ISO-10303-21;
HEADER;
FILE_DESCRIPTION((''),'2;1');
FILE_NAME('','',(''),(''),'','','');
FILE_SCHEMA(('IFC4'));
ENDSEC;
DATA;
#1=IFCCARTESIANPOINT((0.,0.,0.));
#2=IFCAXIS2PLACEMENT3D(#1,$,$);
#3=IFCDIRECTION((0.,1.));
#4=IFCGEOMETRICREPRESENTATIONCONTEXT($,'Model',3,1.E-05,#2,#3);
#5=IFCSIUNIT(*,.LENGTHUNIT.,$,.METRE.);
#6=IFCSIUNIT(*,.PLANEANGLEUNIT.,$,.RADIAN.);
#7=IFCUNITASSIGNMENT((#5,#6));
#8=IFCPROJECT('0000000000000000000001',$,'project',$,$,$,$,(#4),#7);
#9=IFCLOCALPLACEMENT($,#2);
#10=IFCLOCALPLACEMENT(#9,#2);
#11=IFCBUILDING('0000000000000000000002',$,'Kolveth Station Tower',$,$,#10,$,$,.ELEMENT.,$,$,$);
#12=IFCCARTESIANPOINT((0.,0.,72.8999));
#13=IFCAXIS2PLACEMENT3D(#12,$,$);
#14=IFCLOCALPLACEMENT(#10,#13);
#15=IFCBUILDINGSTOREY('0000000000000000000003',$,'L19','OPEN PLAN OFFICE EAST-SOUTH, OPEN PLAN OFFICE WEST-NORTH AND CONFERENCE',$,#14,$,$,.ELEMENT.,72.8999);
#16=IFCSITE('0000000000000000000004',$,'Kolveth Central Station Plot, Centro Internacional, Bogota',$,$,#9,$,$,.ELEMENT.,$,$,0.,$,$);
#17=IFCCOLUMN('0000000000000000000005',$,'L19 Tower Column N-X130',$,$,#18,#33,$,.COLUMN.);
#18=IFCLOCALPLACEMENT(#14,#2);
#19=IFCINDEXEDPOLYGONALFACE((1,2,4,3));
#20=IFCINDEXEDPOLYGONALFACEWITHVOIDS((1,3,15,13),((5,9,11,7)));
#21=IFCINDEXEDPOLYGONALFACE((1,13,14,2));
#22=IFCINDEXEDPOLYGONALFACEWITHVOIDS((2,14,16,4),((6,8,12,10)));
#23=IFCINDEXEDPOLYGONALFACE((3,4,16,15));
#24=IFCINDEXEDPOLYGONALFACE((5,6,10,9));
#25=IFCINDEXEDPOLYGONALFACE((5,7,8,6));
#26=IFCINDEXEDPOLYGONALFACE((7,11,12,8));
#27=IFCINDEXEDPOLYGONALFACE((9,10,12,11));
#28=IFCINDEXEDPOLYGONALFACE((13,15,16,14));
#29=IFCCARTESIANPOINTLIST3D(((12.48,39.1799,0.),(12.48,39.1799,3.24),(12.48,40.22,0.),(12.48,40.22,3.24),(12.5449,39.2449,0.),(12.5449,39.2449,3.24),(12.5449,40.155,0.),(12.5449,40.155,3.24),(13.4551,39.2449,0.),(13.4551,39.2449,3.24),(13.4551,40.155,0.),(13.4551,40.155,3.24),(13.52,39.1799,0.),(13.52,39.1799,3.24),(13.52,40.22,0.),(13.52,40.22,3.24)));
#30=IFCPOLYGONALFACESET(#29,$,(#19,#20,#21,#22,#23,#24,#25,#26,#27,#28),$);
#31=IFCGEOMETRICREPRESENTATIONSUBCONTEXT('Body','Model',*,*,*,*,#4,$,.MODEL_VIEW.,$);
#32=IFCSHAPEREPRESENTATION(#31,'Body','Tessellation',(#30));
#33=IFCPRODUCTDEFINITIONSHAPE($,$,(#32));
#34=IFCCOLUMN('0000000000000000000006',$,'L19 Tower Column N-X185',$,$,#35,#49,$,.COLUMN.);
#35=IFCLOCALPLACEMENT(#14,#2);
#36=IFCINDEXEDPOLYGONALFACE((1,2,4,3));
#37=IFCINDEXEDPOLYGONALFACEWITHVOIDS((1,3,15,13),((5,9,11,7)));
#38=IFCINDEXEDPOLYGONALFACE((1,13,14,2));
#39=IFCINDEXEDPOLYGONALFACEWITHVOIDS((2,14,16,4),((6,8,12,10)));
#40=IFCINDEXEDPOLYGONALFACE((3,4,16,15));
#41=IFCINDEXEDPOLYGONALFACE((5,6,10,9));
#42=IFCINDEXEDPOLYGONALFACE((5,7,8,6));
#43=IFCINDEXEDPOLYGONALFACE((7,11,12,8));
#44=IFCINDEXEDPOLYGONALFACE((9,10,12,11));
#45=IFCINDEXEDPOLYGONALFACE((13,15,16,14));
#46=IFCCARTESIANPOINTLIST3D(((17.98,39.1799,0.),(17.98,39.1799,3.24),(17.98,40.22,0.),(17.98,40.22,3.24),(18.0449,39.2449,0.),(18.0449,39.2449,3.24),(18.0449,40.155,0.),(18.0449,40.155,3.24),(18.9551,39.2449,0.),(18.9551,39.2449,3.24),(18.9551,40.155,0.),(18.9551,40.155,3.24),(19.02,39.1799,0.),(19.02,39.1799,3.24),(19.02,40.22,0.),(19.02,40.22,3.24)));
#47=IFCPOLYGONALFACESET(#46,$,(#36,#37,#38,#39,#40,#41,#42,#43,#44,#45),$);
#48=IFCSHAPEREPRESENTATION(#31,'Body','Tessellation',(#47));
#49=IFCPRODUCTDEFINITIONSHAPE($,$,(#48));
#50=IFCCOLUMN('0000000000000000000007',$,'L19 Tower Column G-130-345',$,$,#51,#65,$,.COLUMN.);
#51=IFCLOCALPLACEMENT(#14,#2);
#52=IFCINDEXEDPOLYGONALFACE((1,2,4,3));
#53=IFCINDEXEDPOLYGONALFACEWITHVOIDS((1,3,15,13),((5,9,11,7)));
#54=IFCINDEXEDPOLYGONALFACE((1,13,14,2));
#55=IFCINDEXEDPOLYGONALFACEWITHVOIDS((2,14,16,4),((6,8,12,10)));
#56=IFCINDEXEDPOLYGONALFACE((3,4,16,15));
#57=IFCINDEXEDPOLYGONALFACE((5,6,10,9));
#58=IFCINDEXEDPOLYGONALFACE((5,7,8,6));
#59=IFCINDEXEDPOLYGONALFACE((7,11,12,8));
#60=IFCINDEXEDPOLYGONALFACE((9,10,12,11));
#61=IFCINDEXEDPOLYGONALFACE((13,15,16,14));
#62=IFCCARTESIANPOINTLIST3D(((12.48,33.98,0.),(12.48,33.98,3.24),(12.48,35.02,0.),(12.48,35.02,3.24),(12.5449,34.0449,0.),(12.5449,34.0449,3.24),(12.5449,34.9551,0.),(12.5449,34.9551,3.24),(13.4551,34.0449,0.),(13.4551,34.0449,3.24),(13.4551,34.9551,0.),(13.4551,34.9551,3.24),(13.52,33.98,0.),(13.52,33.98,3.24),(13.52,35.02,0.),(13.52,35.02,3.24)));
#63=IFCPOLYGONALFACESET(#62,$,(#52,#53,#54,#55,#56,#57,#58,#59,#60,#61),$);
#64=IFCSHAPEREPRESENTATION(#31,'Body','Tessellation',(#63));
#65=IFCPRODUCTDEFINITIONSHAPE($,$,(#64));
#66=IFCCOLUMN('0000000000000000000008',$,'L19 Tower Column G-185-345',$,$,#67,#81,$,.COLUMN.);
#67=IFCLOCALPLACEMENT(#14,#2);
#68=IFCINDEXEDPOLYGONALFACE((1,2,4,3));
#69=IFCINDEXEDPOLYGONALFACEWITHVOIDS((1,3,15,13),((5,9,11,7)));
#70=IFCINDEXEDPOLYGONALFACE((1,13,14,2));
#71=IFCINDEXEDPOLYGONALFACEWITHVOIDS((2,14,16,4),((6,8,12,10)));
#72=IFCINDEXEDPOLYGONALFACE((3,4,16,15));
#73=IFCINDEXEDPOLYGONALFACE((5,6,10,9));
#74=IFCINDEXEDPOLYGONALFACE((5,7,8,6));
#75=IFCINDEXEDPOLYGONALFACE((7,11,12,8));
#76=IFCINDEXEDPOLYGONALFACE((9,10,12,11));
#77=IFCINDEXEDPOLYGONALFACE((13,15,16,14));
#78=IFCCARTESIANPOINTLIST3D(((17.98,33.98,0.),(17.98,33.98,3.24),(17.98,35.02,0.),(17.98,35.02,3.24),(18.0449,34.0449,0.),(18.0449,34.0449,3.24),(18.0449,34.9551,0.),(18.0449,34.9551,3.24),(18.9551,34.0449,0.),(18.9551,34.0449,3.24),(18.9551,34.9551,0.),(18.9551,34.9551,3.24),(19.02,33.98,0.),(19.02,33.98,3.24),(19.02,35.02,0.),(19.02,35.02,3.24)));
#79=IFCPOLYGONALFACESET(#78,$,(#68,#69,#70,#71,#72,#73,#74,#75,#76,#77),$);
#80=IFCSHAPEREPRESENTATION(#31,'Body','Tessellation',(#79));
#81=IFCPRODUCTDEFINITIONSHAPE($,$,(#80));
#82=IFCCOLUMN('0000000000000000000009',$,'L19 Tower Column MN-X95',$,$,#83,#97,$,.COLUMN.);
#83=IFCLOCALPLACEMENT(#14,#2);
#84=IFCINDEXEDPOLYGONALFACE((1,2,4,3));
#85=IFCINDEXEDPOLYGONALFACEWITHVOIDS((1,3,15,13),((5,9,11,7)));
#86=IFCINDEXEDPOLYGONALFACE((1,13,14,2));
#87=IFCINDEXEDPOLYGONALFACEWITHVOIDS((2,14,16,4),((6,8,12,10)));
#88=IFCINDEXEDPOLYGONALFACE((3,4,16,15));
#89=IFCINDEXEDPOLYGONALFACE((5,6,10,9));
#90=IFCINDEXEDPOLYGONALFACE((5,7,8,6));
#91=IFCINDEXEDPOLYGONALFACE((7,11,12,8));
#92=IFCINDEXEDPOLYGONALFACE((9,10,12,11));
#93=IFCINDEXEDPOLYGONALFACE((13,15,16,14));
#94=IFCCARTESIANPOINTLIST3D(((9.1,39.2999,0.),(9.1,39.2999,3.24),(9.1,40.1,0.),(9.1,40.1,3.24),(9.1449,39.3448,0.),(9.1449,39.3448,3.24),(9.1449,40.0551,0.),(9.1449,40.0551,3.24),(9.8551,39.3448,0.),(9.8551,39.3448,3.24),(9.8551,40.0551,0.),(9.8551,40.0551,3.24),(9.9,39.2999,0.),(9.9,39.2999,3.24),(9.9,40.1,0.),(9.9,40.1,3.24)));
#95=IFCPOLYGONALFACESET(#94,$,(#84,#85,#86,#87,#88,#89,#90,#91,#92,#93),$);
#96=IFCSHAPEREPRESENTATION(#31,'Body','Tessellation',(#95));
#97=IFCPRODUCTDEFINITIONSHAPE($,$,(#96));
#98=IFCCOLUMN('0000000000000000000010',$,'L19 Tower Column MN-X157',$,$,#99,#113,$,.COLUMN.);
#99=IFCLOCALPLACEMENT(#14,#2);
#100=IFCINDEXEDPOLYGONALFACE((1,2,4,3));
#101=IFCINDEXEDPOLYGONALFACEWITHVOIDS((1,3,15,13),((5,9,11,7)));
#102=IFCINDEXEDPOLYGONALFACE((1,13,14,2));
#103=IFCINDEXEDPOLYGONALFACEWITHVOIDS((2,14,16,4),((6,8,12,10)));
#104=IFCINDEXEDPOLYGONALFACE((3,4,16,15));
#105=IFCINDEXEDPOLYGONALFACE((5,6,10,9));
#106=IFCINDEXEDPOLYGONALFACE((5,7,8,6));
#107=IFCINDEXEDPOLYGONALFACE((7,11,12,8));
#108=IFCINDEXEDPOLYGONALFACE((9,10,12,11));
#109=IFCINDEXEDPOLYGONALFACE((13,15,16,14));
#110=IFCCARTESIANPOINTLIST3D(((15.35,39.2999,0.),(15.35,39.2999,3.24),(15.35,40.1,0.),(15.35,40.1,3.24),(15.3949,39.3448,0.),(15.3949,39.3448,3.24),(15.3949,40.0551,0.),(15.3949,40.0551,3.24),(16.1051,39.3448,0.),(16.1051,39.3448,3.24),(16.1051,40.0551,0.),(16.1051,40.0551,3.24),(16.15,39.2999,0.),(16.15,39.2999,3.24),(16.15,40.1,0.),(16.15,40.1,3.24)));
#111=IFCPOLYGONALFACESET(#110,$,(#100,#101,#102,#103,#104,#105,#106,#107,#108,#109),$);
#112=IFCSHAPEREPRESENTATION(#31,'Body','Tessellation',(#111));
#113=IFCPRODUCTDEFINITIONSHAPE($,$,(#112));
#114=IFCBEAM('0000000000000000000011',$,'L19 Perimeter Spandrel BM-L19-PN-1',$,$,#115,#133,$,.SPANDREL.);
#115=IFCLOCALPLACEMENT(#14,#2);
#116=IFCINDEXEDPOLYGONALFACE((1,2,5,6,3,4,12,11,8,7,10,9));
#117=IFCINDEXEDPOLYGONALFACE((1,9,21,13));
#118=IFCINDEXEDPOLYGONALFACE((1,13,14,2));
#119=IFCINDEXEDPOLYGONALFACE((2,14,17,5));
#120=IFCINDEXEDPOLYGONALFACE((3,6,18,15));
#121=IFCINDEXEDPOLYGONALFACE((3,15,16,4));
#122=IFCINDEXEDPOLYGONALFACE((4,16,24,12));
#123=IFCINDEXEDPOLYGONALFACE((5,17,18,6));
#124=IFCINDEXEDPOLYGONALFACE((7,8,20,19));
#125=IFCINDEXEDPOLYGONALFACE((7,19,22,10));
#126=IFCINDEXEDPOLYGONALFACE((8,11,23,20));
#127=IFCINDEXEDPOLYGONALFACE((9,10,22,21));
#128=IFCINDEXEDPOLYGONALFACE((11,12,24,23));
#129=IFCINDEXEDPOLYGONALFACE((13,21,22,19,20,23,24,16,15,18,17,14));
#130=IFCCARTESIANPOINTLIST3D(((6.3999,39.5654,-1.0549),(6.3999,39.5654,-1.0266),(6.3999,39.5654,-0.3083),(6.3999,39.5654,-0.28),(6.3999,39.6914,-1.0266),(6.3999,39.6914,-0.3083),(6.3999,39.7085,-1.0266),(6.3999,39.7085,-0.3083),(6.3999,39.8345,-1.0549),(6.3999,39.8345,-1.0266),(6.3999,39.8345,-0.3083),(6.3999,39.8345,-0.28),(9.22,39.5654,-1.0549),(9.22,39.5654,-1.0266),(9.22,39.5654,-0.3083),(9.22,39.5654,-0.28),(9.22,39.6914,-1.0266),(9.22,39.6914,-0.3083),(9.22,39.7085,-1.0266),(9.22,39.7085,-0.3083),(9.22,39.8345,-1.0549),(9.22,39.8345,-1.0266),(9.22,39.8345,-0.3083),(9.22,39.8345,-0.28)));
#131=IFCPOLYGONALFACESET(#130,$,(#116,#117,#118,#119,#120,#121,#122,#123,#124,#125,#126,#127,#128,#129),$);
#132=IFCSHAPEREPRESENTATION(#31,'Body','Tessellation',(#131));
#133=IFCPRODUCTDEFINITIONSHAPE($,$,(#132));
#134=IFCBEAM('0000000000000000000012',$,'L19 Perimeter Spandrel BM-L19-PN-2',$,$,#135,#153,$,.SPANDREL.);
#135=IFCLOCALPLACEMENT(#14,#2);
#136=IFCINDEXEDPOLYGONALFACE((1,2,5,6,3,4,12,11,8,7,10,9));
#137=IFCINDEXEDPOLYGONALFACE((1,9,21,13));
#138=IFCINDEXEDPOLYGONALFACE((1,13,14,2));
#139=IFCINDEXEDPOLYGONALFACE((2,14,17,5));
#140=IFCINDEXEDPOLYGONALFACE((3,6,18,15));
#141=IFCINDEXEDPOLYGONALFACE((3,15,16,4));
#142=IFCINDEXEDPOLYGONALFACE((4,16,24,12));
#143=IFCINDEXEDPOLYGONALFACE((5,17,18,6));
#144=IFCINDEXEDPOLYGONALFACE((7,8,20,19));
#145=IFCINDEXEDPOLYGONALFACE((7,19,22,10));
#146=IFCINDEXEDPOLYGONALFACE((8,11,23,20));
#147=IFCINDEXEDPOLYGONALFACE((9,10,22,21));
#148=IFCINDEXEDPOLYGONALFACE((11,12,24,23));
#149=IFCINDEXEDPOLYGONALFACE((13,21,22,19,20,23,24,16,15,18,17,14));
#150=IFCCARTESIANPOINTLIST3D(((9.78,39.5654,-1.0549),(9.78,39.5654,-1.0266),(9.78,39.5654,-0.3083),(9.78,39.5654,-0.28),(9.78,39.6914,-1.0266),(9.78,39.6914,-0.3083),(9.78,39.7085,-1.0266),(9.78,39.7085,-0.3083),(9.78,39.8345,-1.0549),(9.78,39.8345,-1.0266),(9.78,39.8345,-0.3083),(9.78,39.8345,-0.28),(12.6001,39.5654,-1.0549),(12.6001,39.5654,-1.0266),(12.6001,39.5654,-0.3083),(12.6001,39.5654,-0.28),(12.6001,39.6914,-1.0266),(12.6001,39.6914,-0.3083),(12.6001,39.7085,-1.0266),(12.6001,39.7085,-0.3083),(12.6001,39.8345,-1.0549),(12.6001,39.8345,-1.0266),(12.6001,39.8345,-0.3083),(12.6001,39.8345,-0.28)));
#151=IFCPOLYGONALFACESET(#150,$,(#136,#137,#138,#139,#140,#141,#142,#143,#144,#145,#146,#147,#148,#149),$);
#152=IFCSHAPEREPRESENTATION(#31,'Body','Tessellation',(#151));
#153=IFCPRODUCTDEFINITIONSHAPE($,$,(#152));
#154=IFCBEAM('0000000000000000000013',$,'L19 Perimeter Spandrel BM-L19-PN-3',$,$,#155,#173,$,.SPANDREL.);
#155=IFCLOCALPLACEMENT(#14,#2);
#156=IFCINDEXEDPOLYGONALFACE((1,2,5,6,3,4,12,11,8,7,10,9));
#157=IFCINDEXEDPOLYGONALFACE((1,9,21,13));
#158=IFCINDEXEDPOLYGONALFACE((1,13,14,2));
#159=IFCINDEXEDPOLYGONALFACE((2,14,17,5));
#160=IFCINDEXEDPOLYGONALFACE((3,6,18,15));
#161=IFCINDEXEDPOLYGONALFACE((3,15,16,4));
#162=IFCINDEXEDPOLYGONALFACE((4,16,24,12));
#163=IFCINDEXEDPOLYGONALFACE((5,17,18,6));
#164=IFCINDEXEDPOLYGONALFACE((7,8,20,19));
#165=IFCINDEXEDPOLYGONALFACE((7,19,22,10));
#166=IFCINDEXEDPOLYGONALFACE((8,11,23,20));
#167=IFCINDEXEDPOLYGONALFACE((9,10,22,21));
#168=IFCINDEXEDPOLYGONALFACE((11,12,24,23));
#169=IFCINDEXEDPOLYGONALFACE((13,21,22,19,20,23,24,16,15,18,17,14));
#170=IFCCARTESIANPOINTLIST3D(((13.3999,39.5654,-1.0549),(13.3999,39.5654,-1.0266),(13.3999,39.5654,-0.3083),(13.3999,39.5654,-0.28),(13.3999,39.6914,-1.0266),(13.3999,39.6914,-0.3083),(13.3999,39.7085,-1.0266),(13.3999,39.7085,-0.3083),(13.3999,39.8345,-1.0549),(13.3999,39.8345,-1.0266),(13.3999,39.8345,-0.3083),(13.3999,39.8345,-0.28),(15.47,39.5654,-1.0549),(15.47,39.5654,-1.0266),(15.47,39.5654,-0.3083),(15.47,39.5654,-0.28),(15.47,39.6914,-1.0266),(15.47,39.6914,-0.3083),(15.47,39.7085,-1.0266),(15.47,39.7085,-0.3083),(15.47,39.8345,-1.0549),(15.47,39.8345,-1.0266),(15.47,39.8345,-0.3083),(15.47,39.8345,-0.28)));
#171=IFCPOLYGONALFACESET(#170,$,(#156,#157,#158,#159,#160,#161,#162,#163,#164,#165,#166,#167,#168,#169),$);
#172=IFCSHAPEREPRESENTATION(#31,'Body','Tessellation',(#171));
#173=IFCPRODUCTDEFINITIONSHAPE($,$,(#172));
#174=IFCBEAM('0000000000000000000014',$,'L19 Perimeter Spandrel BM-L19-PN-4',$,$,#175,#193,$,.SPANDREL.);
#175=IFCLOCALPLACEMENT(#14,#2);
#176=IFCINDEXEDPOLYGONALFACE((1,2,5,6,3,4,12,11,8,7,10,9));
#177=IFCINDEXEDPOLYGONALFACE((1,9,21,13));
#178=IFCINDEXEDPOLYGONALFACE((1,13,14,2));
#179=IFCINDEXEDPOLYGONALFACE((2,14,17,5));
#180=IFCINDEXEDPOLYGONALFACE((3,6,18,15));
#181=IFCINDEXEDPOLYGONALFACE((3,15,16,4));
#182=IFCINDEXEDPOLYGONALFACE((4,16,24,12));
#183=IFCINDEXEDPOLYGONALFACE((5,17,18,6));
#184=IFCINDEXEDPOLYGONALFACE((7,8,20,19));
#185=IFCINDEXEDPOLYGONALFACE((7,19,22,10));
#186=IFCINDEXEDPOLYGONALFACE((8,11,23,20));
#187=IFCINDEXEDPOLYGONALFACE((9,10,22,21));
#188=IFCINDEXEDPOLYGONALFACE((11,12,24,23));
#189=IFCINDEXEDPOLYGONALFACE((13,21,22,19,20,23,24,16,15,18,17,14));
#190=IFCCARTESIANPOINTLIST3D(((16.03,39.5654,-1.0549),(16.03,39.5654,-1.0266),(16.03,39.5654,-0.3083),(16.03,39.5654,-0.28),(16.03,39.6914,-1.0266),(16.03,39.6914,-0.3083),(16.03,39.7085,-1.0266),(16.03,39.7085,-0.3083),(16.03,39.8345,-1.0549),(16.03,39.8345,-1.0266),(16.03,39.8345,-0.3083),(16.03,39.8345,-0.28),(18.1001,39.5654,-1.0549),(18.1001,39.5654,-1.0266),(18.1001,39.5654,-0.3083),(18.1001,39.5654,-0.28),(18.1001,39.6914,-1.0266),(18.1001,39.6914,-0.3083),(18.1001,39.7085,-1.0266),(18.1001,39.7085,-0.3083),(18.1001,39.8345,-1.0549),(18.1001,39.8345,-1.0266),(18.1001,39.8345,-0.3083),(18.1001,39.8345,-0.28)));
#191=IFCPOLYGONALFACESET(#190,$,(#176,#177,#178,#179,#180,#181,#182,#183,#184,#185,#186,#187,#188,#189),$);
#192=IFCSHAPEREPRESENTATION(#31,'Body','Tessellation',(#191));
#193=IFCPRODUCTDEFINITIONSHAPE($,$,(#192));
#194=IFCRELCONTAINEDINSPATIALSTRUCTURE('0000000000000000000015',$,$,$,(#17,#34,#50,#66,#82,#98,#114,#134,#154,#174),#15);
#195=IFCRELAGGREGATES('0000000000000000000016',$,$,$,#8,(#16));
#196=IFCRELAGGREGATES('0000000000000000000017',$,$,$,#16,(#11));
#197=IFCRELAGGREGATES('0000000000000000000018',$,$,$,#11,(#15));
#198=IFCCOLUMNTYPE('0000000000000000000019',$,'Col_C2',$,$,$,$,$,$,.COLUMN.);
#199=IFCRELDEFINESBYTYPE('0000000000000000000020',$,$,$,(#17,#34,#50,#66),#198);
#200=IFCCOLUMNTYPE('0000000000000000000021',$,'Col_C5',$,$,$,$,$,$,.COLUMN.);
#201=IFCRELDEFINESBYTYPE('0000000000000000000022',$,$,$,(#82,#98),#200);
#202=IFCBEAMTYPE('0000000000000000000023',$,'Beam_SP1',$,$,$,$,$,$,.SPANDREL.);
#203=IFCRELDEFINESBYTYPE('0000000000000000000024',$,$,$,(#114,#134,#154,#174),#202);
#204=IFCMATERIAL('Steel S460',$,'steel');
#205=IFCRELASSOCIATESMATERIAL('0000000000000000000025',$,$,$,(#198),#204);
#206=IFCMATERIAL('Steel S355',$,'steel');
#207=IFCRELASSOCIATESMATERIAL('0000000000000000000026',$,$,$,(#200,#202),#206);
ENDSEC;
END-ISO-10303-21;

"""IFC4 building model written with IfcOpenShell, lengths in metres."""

from ifc_helpers import new_model, si_unit, direction, frame, origin, origin_2d, place, context, subcontext, project, spatial, hollow_rectangle, i_section, extrude, source, transform, mapped, material, material_profile, profile_set, type_object, element, save


model = new_model("IFC4")

# Units and contexts
model_context = context("Model", 3, precision=1e-05, world=origin(), true_north=direction((0.0, 1.0)))
body_context = subcontext(model_context, "Body", "Model", "MODEL_VIEW")
ifc_project = project(units=[si_unit("LENGTHUNIT", "METRE"), si_unit("PLANEANGLEUNIT", "RADIAN")], contexts=[model_context])

# Site, building, storey
site_placement = place(None, origin())
site = spatial("IfcSite", under=ifc_project, at=site_placement, Name="Kolveth Central Station Plot, Centro Internacional, Bogota", CompositionType="ELEMENT", RefElevation=0.0)
building_placement = place(site_placement, origin())
building = spatial("IfcBuilding", under=site, at=building_placement, Name="Kolveth Station Tower", CompositionType="ELEMENT")
storey_placement = place(building_placement, frame((0.0, 0.0, 72.8999)))
storey = spatial("IfcBuildingStorey", under=building, at=storey_placement, Name="L19", Description="OPEN PLAN OFFICE EAST-SOUTH, OPEN PLAN OFFICE WEST-NORTH AND CONFERENCE", CompositionType="ELEMENT", Elevation=72.8999)

# Columns
ifc_material_1 = material(Name="Steel S460", Category="steel")
ifc_material_profile_1 = material_profile(ifc_material_1, hollow_rectangle(XDim=1.04, YDim=1.04, WallThickness=0.0649, at=origin_2d()), Name="BOX1040x1040x65")
ifc_profile_set_1 = profile_set([ifc_material_profile_1], Name="Steel S460")
column_type_1 = type_object("IfcColumnType", Name="Col_C2", PredefinedType="COLUMN", material=ifc_profile_set_1)
shared_shape_1 = source(origin(), body_context, "Body", "SweptSolid", [
    extrude(hollow_rectangle(XDim=1.04, YDim=1.04, WallThickness=0.0649, at=origin_2d()), origin(), (0.0, 0.0, 1.0), 3.24),
])
for number, where, z_axis, x_axis, name in (
    (1, (13.0, 39.7, 0.0), (0.0, 0.0, 1.0), (1.0, 0.0, 0.0), "L19 Tower Column N-X130"),
    (2, (18.5, 39.7, 0.0), (0.0, 0.0, 1.0), (1.0, 0.0, 0.0), "L19 Tower Column N-X185"),
    (3, (13.0, 34.5, 0.0), (0.0, 0.0, 1.0), (1.0, 0.0, 0.0), "L19 Tower Column G-130-345"),
    (4, (18.5, 34.5, 0.0), (0.0, 0.0, 1.0), (1.0, 0.0, 0.0), "L19 Tower Column G-185-345"),
):
    element("IfcColumn", number, at=place(storey_placement, frame(where, z_axis=z_axis, x_axis=x_axis)), inside=storey, type_object=column_type_1, Name=name, PredefinedType="COLUMN", context=body_context, shape_type="MappedRepresentation", body=[
        mapped(shared_shape_1, transform((0.0, 0.0, 0.0), x_axis=(1.0, 0.0, 0.0), y_axis=(0.0, 1.0, 0.0), z_axis=(0.0, 0.0, 1.0), scale=1.0)),
    ])
ifc_material_2 = material(Name="Steel S355", Category="steel")
ifc_material_profile_2 = material_profile(ifc_material_2, hollow_rectangle(XDim=0.8, YDim=0.8, WallThickness=0.0449, at=origin_2d()), Name="BOX800x800x45")
ifc_profile_set_2 = profile_set([ifc_material_profile_2], Name="Steel S355")
column_type_2 = type_object("IfcColumnType", Name="Col_C5", PredefinedType="COLUMN", material=ifc_profile_set_2)
shared_shape_2 = source(origin(), body_context, "Body", "SweptSolid", [
    extrude(hollow_rectangle(XDim=0.8, YDim=0.8, WallThickness=0.0449, at=origin_2d()), origin(), (0.0, 0.0, 1.0), 3.24),
])
for number, where, z_axis, x_axis, name in (
    (5, (9.5, 39.7, 0.0), (0.0, 0.0, 1.0), (1.0, 0.0, 0.0), "L19 Tower Column MN-X95"),
    (6, (15.75, 39.7, 0.0), (0.0, 0.0, 1.0), (1.0, 0.0, 0.0), "L19 Tower Column MN-X157"),
):
    element("IfcColumn", number, at=place(storey_placement, frame(where, z_axis=z_axis, x_axis=x_axis)), inside=storey, type_object=column_type_2, Name=name, PredefinedType="COLUMN", context=body_context, shape_type="MappedRepresentation", body=[
        mapped(shared_shape_2, transform((0.0, 0.0, 0.0), x_axis=(1.0, 0.0, 0.0), y_axis=(0.0, 1.0, 0.0), z_axis=(0.0, 0.0, 1.0), scale=1.0)),
    ])

# Beams
ifc_material_profile_3 = material_profile(ifc_material_2, i_section(OverallWidth=0.269, OverallDepth=0.7749, WebThickness=0.0171, FlangeThickness=0.0283, at=origin_2d()), Name="W760x220")
ifc_profile_set_3 = profile_set([ifc_material_profile_3], Name="Steel S355")
beam_type_1 = type_object("IfcBeamType", Name="Beam_SP1", PredefinedType="SPANDREL", material=ifc_profile_set_3)
shared_shape_3 = source(origin(), body_context, "Body", "SweptSolid", [
    extrude(i_section(OverallWidth=0.269, OverallDepth=0.7749, WebThickness=0.0171, FlangeThickness=0.0283, at=origin_2d()), origin(), (0.0, 0.0, 1.0), 2.8201),
])
for number, where, z_axis, x_axis, name in (
    (7, (6.3999, 39.7, -0.6675), (1.0, 0.0, 0.0), (0.0, 1.0, 0.0), "L19 Perimeter Spandrel BM-L19-PN-1"),
    (8, (9.78, 39.7, -0.6675), (1.0, 0.0, 0.0), (0.0, 1.0, 0.0), "L19 Perimeter Spandrel BM-L19-PN-2"),
):
    element("IfcBeam", number, at=place(storey_placement, frame(where, z_axis=z_axis, x_axis=x_axis)), inside=storey, type_object=beam_type_1, Name=name, PredefinedType="SPANDREL", context=body_context, shape_type="MappedRepresentation", body=[
        mapped(shared_shape_3, transform((0.0, 0.0, 0.0), x_axis=(1.0, 0.0, 0.0), y_axis=(0.0, 1.0, 0.0), z_axis=(0.0, 0.0, 1.0), scale=1.0)),
    ])
shared_shape_4 = source(origin(), body_context, "Body", "SweptSolid", [
    extrude(i_section(OverallWidth=0.269, OverallDepth=0.7749, WebThickness=0.0171, FlangeThickness=0.0283, at=origin_2d()), origin(), (0.0, 0.0, 1.0), 2.0701),
])
for number, where, z_axis, x_axis, name in (
    (9, (13.3999, 39.7, -0.6675), (1.0, 0.0, 0.0), (0.0, 1.0, 0.0), "L19 Perimeter Spandrel BM-L19-PN-3"),
    (10, (16.03, 39.7, -0.6675), (1.0, 0.0, 0.0), (0.0, 1.0, 0.0), "L19 Perimeter Spandrel BM-L19-PN-4"),
):
    element("IfcBeam", number, at=place(storey_placement, frame(where, z_axis=z_axis, x_axis=x_axis)), inside=storey, type_object=beam_type_1, Name=name, PredefinedType="SPANDREL", context=body_context, shape_type="MappedRepresentation", body=[
        mapped(shared_shape_4, transform((0.0, 0.0, 0.0), x_axis=(1.0, 0.0, 0.0), y_axis=(0.0, 1.0, 0.0), z_axis=(0.0, 0.0, 1.0), scale=1.0)),
    ])

save(model, "model.ifc")
